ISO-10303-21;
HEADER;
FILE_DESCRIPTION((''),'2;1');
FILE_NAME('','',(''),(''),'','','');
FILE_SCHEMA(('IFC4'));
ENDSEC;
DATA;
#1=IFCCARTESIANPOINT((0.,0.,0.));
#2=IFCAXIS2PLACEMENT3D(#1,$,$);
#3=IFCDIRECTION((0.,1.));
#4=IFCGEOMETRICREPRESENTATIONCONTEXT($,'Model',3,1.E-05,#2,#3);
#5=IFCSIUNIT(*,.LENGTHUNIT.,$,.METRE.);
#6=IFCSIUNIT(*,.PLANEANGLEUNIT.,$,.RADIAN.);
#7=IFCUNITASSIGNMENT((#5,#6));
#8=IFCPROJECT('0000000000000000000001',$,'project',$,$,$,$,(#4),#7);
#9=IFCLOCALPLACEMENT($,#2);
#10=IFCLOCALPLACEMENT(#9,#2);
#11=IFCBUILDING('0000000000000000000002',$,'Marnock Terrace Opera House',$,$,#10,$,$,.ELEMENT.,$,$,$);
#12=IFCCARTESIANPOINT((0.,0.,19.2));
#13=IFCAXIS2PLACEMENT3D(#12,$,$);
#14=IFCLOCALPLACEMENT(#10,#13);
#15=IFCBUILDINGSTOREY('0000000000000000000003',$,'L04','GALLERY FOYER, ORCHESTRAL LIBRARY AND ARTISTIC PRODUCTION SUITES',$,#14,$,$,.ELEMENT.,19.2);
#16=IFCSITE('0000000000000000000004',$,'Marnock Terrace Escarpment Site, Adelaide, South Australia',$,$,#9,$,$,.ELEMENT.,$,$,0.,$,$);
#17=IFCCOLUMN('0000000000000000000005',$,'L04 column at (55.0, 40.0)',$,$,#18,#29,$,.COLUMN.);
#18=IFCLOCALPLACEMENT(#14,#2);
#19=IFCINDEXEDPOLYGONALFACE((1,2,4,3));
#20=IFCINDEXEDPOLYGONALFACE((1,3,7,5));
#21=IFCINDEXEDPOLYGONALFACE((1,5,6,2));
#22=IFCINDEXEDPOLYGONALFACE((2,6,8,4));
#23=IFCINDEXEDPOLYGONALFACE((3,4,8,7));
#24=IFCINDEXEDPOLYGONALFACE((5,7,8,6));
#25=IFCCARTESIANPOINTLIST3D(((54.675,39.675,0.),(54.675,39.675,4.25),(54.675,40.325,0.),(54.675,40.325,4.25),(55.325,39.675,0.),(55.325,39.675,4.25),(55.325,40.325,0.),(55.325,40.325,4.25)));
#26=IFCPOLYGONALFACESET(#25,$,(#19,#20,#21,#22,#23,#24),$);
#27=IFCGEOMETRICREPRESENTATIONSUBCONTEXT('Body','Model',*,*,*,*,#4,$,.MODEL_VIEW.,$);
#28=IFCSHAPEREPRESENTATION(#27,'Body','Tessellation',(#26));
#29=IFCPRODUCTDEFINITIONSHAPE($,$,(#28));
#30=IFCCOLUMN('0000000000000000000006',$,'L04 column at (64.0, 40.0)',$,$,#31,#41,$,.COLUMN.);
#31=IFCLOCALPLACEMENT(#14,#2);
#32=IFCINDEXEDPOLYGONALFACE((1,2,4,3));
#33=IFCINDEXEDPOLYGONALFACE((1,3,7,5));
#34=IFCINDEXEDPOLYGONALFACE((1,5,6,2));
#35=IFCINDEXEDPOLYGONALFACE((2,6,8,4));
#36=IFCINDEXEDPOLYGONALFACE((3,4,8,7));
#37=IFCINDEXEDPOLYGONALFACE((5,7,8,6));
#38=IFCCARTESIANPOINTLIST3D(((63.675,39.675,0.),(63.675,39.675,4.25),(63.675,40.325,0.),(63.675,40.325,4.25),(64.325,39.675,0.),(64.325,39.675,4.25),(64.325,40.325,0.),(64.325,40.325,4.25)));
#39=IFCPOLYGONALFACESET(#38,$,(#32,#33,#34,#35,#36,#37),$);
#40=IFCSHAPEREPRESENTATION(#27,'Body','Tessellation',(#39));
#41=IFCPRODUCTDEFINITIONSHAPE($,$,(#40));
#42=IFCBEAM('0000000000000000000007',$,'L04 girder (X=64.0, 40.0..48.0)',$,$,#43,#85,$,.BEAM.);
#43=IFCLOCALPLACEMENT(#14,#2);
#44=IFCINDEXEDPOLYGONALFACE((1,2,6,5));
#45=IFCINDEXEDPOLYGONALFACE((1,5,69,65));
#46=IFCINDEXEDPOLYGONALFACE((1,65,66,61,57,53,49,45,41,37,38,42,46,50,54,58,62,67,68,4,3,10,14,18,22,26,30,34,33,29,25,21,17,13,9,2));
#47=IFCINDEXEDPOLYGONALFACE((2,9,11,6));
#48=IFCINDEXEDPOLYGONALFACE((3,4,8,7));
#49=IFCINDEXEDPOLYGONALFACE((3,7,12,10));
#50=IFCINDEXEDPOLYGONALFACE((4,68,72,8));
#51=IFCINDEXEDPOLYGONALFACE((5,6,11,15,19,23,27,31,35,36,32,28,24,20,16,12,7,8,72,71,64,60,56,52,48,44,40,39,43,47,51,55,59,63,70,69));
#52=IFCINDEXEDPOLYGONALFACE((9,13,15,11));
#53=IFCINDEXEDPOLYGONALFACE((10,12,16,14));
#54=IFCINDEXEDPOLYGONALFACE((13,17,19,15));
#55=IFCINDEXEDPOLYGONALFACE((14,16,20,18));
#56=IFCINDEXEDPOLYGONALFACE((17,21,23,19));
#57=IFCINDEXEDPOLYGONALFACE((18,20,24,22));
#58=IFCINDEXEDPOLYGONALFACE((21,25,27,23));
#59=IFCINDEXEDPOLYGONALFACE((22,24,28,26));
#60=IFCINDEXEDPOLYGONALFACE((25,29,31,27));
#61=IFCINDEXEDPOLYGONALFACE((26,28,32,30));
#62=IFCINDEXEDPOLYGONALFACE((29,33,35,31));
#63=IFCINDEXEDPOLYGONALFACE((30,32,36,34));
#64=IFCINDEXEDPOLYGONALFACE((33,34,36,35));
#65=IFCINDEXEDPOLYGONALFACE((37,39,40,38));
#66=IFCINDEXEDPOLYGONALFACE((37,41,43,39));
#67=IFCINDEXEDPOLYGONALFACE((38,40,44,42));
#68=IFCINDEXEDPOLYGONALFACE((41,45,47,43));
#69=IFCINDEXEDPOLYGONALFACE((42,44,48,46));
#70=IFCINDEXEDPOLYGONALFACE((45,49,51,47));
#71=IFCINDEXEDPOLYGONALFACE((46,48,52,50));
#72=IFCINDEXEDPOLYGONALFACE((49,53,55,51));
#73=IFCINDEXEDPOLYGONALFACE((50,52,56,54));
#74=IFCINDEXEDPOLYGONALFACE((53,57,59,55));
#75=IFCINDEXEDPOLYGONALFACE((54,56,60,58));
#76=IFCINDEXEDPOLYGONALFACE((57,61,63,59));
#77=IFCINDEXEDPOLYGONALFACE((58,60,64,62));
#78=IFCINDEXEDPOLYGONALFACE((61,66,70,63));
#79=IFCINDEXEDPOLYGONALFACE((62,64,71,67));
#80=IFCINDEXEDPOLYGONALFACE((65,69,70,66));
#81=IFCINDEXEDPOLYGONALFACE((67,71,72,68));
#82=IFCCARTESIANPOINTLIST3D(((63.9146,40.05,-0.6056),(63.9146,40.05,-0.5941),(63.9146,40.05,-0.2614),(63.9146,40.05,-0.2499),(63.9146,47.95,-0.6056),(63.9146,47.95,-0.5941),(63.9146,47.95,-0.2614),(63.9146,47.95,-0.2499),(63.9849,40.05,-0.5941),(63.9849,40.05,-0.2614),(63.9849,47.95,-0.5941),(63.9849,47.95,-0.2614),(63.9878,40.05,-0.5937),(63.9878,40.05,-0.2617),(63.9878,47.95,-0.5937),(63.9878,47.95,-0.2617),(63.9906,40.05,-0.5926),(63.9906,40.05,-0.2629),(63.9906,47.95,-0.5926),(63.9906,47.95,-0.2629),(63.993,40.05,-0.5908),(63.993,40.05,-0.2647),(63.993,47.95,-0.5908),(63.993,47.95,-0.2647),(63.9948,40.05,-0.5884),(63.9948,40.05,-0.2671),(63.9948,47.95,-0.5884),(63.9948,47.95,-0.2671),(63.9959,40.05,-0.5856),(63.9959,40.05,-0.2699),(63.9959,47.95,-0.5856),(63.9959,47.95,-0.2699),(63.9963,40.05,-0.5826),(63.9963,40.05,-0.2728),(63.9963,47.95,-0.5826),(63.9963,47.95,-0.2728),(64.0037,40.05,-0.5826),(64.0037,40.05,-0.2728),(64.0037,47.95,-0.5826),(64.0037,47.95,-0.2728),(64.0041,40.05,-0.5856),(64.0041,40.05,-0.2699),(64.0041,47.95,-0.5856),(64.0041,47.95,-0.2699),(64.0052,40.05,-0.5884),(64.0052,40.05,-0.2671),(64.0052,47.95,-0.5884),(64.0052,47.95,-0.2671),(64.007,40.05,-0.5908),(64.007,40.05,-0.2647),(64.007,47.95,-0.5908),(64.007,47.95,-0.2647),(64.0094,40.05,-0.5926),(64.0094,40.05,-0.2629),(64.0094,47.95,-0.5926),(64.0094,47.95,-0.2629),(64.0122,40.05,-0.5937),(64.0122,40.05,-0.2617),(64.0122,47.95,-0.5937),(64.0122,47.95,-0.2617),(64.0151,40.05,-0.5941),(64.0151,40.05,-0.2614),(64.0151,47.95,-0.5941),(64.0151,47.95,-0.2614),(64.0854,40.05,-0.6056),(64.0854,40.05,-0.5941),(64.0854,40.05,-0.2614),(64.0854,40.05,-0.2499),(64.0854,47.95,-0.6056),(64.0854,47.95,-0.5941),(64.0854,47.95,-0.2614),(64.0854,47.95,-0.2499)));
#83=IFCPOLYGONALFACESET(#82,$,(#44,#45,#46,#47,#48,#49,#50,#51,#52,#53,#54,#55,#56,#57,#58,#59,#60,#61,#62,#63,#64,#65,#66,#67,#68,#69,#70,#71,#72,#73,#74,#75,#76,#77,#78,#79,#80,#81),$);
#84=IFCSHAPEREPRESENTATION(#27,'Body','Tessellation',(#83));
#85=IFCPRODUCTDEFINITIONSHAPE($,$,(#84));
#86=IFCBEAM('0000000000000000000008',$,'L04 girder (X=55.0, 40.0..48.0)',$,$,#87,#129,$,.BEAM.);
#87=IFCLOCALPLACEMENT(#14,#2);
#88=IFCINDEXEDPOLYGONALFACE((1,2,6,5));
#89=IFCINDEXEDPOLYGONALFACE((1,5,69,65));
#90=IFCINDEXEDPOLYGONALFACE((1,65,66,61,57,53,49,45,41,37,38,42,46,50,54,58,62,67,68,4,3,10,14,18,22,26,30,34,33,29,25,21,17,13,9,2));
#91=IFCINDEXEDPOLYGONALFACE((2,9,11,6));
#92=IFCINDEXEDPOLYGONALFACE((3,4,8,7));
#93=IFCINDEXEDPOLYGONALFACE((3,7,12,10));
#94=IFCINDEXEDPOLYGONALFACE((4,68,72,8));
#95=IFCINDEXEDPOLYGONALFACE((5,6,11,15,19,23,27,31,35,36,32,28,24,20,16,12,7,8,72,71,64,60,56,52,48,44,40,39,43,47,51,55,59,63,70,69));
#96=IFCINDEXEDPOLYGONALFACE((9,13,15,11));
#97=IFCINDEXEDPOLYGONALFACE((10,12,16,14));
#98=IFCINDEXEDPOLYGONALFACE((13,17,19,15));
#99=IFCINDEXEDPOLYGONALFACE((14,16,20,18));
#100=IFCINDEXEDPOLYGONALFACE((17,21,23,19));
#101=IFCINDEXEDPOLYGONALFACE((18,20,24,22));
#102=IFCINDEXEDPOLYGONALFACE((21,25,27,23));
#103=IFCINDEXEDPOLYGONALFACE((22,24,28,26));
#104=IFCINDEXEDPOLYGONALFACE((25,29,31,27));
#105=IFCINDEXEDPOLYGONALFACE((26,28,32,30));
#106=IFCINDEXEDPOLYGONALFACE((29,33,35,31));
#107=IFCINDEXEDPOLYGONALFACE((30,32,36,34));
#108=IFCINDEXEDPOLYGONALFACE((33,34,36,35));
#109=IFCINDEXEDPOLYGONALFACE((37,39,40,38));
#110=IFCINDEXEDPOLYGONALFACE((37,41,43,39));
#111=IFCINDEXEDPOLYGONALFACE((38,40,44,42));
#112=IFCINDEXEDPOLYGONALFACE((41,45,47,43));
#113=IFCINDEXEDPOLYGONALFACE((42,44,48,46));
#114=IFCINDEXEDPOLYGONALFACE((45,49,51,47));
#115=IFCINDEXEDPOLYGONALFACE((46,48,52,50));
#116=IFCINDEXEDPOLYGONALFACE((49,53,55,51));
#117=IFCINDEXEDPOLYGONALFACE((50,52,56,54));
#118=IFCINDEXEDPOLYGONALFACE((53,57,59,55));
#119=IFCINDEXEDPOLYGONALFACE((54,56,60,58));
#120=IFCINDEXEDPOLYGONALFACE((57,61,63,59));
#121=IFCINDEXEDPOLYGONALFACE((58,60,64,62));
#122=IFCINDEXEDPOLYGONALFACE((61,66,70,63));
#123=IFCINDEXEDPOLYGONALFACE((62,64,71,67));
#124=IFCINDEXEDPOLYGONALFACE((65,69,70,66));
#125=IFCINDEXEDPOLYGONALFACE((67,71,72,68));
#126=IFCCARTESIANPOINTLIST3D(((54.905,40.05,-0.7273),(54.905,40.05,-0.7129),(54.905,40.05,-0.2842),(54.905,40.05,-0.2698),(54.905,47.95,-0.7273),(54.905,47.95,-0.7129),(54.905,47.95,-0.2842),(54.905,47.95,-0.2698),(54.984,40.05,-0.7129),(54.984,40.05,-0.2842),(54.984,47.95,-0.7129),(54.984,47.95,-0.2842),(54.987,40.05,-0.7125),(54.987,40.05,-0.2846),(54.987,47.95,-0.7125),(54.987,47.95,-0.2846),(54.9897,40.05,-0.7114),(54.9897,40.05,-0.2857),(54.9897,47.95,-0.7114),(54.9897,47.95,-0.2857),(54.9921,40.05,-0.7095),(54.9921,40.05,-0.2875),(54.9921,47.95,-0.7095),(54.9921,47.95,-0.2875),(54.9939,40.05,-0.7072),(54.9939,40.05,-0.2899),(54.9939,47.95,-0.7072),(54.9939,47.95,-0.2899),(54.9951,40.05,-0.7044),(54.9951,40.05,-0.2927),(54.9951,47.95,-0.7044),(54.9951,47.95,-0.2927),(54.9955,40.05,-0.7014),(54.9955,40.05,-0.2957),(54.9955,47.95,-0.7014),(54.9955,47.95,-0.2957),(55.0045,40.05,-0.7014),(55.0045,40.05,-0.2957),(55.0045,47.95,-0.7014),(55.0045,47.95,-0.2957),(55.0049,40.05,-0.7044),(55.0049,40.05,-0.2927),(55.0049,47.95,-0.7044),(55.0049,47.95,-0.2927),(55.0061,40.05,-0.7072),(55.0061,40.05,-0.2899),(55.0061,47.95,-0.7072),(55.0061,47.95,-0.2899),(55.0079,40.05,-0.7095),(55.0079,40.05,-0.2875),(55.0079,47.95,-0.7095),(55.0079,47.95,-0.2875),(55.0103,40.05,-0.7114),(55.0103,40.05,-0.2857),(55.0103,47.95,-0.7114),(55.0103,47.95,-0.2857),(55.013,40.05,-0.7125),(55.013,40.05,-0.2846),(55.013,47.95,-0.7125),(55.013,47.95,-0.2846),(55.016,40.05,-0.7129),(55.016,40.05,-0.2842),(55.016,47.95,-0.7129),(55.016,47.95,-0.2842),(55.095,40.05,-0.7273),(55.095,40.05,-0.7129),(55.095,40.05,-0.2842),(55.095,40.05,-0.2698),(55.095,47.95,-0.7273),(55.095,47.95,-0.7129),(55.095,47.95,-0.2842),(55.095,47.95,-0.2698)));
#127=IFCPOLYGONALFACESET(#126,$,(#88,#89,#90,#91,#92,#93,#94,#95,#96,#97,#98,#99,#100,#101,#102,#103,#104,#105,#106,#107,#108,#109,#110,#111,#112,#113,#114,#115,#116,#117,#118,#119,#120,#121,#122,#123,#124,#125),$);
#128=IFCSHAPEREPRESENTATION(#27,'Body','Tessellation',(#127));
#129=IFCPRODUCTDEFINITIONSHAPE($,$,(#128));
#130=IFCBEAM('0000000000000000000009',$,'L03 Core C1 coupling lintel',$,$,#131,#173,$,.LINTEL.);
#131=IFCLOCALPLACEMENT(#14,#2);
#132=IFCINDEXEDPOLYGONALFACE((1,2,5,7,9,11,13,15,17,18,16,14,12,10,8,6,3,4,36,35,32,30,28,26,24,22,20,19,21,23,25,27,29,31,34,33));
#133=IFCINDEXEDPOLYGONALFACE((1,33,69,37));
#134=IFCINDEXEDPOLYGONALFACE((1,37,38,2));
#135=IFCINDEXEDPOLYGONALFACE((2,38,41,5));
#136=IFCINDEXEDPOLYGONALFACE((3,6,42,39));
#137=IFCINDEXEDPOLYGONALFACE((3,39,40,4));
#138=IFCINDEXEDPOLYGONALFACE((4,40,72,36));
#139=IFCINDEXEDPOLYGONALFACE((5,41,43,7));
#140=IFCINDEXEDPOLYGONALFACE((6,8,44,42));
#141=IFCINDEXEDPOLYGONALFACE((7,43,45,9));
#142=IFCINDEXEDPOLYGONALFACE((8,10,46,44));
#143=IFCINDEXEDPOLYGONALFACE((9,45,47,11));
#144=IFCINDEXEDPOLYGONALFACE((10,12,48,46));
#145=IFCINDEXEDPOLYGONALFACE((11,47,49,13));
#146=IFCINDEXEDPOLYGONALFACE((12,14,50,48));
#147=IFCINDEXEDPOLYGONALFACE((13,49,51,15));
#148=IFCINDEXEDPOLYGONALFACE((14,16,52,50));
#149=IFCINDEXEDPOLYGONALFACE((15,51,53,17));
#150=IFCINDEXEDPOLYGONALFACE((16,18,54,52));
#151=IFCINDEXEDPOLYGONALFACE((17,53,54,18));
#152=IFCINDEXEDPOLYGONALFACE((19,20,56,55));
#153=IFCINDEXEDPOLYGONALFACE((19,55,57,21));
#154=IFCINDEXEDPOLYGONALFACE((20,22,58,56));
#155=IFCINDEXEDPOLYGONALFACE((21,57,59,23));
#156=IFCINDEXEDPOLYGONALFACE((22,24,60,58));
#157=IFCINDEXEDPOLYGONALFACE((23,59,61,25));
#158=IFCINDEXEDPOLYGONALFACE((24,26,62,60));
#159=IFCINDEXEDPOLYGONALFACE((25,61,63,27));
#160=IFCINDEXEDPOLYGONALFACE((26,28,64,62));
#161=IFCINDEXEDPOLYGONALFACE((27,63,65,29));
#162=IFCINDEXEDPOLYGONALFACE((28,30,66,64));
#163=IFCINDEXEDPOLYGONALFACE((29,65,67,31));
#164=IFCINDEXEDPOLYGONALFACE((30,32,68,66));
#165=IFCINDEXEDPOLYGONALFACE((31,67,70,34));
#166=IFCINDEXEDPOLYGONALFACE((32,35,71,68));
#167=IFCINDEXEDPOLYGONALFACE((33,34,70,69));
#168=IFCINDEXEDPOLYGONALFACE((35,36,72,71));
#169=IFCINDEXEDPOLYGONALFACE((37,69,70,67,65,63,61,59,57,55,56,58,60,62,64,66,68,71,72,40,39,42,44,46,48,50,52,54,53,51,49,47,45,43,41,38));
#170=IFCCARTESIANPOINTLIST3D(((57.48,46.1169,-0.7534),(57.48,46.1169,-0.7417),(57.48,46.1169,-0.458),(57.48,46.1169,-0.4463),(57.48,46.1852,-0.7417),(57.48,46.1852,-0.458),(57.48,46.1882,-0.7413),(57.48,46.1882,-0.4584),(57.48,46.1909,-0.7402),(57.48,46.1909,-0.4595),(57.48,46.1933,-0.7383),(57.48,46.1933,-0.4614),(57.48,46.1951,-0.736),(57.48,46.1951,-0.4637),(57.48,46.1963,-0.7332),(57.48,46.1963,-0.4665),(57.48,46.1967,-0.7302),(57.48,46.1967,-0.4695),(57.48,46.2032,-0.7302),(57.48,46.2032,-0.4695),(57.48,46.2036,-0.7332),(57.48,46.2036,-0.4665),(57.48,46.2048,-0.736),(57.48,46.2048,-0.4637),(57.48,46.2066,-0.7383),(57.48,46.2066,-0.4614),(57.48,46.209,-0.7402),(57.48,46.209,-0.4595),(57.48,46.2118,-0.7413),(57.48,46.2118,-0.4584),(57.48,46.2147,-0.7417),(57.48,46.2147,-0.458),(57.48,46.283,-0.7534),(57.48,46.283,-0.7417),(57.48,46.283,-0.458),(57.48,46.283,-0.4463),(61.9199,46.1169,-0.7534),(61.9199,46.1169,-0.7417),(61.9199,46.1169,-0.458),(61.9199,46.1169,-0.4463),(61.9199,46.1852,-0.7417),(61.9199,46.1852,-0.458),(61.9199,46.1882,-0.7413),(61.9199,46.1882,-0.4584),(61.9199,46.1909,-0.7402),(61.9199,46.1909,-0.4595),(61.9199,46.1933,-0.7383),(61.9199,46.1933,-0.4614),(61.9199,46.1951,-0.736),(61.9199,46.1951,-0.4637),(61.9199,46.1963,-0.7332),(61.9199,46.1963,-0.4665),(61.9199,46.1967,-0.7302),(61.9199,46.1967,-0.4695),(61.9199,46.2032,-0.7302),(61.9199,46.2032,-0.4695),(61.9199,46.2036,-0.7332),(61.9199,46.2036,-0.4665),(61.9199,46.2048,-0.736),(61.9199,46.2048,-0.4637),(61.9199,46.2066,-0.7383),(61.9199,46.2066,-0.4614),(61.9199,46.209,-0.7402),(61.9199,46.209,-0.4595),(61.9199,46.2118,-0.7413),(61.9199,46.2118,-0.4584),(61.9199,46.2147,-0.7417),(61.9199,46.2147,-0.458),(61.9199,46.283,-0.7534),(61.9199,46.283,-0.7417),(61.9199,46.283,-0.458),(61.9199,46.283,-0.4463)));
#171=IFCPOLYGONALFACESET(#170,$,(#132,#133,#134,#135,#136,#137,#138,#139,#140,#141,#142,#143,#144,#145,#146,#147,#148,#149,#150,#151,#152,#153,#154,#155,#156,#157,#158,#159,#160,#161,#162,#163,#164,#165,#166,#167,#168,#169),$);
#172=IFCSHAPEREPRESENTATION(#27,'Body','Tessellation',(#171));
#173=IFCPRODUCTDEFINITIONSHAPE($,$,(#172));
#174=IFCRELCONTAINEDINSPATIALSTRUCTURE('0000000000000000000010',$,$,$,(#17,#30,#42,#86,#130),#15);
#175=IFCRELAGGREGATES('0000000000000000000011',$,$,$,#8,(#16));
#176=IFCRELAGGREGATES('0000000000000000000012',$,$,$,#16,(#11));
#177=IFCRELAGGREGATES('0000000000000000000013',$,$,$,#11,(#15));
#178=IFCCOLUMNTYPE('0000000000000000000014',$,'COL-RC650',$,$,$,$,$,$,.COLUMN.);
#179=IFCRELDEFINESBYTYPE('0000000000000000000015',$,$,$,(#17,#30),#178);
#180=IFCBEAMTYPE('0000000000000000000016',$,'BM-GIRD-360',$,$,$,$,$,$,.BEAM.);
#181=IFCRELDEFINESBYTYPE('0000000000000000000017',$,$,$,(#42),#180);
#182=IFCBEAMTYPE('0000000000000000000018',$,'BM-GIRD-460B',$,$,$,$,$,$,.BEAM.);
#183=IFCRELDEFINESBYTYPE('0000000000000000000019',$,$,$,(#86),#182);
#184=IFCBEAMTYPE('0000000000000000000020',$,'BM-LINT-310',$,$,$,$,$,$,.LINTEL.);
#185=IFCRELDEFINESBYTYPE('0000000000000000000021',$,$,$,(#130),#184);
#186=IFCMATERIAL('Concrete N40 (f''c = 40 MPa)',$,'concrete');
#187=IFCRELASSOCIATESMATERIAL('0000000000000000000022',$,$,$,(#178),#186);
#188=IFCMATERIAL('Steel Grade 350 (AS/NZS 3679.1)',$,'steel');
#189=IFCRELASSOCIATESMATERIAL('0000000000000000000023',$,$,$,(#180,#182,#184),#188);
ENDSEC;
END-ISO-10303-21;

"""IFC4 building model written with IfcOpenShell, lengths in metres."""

from ifc_helpers import new_model, si_unit, direction, frame, origin, origin_2d, place, context, subcontext, project, spatial, rectangle, i_section, extrude, material, material_profile, profile_set, type_object, element, save


model = new_model("IFC4")

# Units and contexts
model_context = context("Model", 3, precision=1e-05, world=origin(), true_north=direction((0.0, 1.0)))
body_context = subcontext(model_context, "Body", "Model", "MODEL_VIEW")
ifc_project = project(units=[si_unit("LENGTHUNIT", "METRE"), si_unit("PLANEANGLEUNIT", "RADIAN")], contexts=[model_context])

# Site, building, storey
site_placement = place(None, origin())
site = spatial("IfcSite", under=ifc_project, at=site_placement, Name="Marnock Terrace Escarpment Site, Adelaide, South Australia", CompositionType="ELEMENT", RefElevation=0.0)
building_placement = place(site_placement, origin())
building = spatial("IfcBuilding", under=site, at=building_placement, Name="Marnock Terrace Opera House", CompositionType="ELEMENT")
storey_placement = place(building_placement, frame((0.0, 0.0, 19.2)))
storey = spatial("IfcBuildingStorey", under=building, at=storey_placement, Name="L04", Description="GALLERY FOYER, ORCHESTRAL LIBRARY AND ARTISTIC PRODUCTION SUITES", CompositionType="ELEMENT", Elevation=19.2)

# Columns
ifc_material_1 = material(Name="Concrete N40 (f'c = 40 MPa)", Category="concrete")
ifc_material_profile_1 = material_profile(ifc_material_1, rectangle(XDim=0.6499, YDim=0.6499, at=origin_2d()))
ifc_profile_set_1 = profile_set([ifc_material_profile_1], Name="Concrete N40 (f'c = 40 MPa)")
column_type = type_object("IfcColumnType", Name="COL-RC650", PredefinedType="COLUMN", material=ifc_profile_set_1)
for number, where, z_axis, x_axis, name in (
    (1, (55.0, 40.0, 0.0), (0.0, 0.0, 1.0), (1.0, 0.0, 0.0), "L04 column at (55.0, 40.0)"),
    (2, (64.0, 40.0, 0.0), (0.0, 0.0, 1.0), (1.0, 0.0, 0.0), "L04 column at (64.0, 40.0)"),
):
    element("IfcColumn", number, at=place(storey_placement, frame(where, z_axis=z_axis, x_axis=x_axis)), inside=storey, type_object=column_type, Name=name, PredefinedType="COLUMN", context=body_context, shape_type="SweptSolid", body=[
        extrude(rectangle(XDim=0.6499, YDim=0.6499, at=origin_2d()), origin(), (0.0, 0.0, 1.0), 4.25),
    ])

# Beams
ifc_material_2 = material(Name="Steel Grade 350 (AS/NZS 3679.1)", Category="steel")
ifc_material_profile_2 = material_profile(ifc_material_2, i_section(OverallWidth=0.1709, OverallDepth=0.3557, WebThickness=0.0073, FlangeThickness=0.0115, FilletRadius=0.0115, at=origin_2d()))
ifc_profile_set_2 = profile_set([ifc_material_profile_2], Name="Steel Grade 350 (AS/NZS 3679.1)")
beam_type_1 = type_object("IfcBeamType", Name="BM-GIRD-360", PredefinedType="BEAM", material=ifc_profile_set_2)
beam_1_placement = place(storey_placement, frame((64.0, 40.05, -0.4277), z_axis=(0.0, 1.0, 0.0), x_axis=(-1.0, 0.0, 0.0)))
element("IfcBeam", 3, at=beam_1_placement, inside=storey, type_object=beam_type_1, Name="L04 girder (X=64.0, 40.0..48.0)", PredefinedType="BEAM", context=body_context, shape_type="SweptSolid", body=[
    extrude(i_section(OverallWidth=0.1709, OverallDepth=0.3557, WebThickness=0.0073, FlangeThickness=0.0115, FilletRadius=0.0115, at=origin_2d()), origin(), (0.0, 0.0, 1.0), 7.8999),
])
ifc_material_profile_3 = material_profile(ifc_material_2, i_section(OverallWidth=0.1899, OverallDepth=0.4575, WebThickness=0.009, FlangeThickness=0.0144, FilletRadius=0.0115, at=origin_2d()))
ifc_profile_set_3 = profile_set([ifc_material_profile_3], Name="Steel Grade 350 (AS/NZS 3679.1)")
beam_type_2 = type_object("IfcBeamType", Name="BM-GIRD-460B", PredefinedType="BEAM", material=ifc_profile_set_3)
beam_2_placement = place(storey_placement, frame((55.0, 40.05, -0.4985), z_axis=(0.0, 1.0, 0.0), x_axis=(-1.0, 0.0, 0.0)))
element("IfcBeam", 4, at=beam_2_placement, inside=storey, type_object=beam_type_2, Name="L04 girder (X=55.0, 40.0..48.0)", PredefinedType="BEAM", context=body_context, shape_type="SweptSolid", body=[
    extrude(i_section(OverallWidth=0.1899, OverallDepth=0.4575, WebThickness=0.009, FlangeThickness=0.0144, FilletRadius=0.0115, at=origin_2d()), origin(), (0.0, 0.0, 1.0), 7.8999),
])
ifc_material_profile_4 = material_profile(ifc_material_2, i_section(OverallWidth=0.166, OverallDepth=0.3071, WebThickness=0.0066, FlangeThickness=0.0117, FilletRadius=0.0115, at=origin_2d()))
ifc_profile_set_4 = profile_set([ifc_material_profile_4], Name="Steel Grade 350 (AS/NZS 3679.1)")
beam_type_3 = type_object("IfcBeamType", Name="BM-LINT-310", PredefinedType="LINTEL", material=ifc_profile_set_4)
beam_3_placement = place(storey_placement, frame((57.48, 46.2, -0.5999), z_axis=(1.0, 0.0, 0.0), x_axis=(0.0, 1.0, 0.0)))
element("IfcBeam", 5, at=beam_3_placement, inside=storey, type_object=beam_type_3, Name="L03 Core C1 coupling lintel", PredefinedType="LINTEL", context=body_context, shape_type="SweptSolid", body=[
    extrude(i_section(OverallWidth=0.166, OverallDepth=0.3071, WebThickness=0.0066, FlangeThickness=0.0117, FilletRadius=0.0115, at=origin_2d()), origin(), (0.0, 0.0, 1.0), 4.4399),
])

save(model, "model.ifc")
